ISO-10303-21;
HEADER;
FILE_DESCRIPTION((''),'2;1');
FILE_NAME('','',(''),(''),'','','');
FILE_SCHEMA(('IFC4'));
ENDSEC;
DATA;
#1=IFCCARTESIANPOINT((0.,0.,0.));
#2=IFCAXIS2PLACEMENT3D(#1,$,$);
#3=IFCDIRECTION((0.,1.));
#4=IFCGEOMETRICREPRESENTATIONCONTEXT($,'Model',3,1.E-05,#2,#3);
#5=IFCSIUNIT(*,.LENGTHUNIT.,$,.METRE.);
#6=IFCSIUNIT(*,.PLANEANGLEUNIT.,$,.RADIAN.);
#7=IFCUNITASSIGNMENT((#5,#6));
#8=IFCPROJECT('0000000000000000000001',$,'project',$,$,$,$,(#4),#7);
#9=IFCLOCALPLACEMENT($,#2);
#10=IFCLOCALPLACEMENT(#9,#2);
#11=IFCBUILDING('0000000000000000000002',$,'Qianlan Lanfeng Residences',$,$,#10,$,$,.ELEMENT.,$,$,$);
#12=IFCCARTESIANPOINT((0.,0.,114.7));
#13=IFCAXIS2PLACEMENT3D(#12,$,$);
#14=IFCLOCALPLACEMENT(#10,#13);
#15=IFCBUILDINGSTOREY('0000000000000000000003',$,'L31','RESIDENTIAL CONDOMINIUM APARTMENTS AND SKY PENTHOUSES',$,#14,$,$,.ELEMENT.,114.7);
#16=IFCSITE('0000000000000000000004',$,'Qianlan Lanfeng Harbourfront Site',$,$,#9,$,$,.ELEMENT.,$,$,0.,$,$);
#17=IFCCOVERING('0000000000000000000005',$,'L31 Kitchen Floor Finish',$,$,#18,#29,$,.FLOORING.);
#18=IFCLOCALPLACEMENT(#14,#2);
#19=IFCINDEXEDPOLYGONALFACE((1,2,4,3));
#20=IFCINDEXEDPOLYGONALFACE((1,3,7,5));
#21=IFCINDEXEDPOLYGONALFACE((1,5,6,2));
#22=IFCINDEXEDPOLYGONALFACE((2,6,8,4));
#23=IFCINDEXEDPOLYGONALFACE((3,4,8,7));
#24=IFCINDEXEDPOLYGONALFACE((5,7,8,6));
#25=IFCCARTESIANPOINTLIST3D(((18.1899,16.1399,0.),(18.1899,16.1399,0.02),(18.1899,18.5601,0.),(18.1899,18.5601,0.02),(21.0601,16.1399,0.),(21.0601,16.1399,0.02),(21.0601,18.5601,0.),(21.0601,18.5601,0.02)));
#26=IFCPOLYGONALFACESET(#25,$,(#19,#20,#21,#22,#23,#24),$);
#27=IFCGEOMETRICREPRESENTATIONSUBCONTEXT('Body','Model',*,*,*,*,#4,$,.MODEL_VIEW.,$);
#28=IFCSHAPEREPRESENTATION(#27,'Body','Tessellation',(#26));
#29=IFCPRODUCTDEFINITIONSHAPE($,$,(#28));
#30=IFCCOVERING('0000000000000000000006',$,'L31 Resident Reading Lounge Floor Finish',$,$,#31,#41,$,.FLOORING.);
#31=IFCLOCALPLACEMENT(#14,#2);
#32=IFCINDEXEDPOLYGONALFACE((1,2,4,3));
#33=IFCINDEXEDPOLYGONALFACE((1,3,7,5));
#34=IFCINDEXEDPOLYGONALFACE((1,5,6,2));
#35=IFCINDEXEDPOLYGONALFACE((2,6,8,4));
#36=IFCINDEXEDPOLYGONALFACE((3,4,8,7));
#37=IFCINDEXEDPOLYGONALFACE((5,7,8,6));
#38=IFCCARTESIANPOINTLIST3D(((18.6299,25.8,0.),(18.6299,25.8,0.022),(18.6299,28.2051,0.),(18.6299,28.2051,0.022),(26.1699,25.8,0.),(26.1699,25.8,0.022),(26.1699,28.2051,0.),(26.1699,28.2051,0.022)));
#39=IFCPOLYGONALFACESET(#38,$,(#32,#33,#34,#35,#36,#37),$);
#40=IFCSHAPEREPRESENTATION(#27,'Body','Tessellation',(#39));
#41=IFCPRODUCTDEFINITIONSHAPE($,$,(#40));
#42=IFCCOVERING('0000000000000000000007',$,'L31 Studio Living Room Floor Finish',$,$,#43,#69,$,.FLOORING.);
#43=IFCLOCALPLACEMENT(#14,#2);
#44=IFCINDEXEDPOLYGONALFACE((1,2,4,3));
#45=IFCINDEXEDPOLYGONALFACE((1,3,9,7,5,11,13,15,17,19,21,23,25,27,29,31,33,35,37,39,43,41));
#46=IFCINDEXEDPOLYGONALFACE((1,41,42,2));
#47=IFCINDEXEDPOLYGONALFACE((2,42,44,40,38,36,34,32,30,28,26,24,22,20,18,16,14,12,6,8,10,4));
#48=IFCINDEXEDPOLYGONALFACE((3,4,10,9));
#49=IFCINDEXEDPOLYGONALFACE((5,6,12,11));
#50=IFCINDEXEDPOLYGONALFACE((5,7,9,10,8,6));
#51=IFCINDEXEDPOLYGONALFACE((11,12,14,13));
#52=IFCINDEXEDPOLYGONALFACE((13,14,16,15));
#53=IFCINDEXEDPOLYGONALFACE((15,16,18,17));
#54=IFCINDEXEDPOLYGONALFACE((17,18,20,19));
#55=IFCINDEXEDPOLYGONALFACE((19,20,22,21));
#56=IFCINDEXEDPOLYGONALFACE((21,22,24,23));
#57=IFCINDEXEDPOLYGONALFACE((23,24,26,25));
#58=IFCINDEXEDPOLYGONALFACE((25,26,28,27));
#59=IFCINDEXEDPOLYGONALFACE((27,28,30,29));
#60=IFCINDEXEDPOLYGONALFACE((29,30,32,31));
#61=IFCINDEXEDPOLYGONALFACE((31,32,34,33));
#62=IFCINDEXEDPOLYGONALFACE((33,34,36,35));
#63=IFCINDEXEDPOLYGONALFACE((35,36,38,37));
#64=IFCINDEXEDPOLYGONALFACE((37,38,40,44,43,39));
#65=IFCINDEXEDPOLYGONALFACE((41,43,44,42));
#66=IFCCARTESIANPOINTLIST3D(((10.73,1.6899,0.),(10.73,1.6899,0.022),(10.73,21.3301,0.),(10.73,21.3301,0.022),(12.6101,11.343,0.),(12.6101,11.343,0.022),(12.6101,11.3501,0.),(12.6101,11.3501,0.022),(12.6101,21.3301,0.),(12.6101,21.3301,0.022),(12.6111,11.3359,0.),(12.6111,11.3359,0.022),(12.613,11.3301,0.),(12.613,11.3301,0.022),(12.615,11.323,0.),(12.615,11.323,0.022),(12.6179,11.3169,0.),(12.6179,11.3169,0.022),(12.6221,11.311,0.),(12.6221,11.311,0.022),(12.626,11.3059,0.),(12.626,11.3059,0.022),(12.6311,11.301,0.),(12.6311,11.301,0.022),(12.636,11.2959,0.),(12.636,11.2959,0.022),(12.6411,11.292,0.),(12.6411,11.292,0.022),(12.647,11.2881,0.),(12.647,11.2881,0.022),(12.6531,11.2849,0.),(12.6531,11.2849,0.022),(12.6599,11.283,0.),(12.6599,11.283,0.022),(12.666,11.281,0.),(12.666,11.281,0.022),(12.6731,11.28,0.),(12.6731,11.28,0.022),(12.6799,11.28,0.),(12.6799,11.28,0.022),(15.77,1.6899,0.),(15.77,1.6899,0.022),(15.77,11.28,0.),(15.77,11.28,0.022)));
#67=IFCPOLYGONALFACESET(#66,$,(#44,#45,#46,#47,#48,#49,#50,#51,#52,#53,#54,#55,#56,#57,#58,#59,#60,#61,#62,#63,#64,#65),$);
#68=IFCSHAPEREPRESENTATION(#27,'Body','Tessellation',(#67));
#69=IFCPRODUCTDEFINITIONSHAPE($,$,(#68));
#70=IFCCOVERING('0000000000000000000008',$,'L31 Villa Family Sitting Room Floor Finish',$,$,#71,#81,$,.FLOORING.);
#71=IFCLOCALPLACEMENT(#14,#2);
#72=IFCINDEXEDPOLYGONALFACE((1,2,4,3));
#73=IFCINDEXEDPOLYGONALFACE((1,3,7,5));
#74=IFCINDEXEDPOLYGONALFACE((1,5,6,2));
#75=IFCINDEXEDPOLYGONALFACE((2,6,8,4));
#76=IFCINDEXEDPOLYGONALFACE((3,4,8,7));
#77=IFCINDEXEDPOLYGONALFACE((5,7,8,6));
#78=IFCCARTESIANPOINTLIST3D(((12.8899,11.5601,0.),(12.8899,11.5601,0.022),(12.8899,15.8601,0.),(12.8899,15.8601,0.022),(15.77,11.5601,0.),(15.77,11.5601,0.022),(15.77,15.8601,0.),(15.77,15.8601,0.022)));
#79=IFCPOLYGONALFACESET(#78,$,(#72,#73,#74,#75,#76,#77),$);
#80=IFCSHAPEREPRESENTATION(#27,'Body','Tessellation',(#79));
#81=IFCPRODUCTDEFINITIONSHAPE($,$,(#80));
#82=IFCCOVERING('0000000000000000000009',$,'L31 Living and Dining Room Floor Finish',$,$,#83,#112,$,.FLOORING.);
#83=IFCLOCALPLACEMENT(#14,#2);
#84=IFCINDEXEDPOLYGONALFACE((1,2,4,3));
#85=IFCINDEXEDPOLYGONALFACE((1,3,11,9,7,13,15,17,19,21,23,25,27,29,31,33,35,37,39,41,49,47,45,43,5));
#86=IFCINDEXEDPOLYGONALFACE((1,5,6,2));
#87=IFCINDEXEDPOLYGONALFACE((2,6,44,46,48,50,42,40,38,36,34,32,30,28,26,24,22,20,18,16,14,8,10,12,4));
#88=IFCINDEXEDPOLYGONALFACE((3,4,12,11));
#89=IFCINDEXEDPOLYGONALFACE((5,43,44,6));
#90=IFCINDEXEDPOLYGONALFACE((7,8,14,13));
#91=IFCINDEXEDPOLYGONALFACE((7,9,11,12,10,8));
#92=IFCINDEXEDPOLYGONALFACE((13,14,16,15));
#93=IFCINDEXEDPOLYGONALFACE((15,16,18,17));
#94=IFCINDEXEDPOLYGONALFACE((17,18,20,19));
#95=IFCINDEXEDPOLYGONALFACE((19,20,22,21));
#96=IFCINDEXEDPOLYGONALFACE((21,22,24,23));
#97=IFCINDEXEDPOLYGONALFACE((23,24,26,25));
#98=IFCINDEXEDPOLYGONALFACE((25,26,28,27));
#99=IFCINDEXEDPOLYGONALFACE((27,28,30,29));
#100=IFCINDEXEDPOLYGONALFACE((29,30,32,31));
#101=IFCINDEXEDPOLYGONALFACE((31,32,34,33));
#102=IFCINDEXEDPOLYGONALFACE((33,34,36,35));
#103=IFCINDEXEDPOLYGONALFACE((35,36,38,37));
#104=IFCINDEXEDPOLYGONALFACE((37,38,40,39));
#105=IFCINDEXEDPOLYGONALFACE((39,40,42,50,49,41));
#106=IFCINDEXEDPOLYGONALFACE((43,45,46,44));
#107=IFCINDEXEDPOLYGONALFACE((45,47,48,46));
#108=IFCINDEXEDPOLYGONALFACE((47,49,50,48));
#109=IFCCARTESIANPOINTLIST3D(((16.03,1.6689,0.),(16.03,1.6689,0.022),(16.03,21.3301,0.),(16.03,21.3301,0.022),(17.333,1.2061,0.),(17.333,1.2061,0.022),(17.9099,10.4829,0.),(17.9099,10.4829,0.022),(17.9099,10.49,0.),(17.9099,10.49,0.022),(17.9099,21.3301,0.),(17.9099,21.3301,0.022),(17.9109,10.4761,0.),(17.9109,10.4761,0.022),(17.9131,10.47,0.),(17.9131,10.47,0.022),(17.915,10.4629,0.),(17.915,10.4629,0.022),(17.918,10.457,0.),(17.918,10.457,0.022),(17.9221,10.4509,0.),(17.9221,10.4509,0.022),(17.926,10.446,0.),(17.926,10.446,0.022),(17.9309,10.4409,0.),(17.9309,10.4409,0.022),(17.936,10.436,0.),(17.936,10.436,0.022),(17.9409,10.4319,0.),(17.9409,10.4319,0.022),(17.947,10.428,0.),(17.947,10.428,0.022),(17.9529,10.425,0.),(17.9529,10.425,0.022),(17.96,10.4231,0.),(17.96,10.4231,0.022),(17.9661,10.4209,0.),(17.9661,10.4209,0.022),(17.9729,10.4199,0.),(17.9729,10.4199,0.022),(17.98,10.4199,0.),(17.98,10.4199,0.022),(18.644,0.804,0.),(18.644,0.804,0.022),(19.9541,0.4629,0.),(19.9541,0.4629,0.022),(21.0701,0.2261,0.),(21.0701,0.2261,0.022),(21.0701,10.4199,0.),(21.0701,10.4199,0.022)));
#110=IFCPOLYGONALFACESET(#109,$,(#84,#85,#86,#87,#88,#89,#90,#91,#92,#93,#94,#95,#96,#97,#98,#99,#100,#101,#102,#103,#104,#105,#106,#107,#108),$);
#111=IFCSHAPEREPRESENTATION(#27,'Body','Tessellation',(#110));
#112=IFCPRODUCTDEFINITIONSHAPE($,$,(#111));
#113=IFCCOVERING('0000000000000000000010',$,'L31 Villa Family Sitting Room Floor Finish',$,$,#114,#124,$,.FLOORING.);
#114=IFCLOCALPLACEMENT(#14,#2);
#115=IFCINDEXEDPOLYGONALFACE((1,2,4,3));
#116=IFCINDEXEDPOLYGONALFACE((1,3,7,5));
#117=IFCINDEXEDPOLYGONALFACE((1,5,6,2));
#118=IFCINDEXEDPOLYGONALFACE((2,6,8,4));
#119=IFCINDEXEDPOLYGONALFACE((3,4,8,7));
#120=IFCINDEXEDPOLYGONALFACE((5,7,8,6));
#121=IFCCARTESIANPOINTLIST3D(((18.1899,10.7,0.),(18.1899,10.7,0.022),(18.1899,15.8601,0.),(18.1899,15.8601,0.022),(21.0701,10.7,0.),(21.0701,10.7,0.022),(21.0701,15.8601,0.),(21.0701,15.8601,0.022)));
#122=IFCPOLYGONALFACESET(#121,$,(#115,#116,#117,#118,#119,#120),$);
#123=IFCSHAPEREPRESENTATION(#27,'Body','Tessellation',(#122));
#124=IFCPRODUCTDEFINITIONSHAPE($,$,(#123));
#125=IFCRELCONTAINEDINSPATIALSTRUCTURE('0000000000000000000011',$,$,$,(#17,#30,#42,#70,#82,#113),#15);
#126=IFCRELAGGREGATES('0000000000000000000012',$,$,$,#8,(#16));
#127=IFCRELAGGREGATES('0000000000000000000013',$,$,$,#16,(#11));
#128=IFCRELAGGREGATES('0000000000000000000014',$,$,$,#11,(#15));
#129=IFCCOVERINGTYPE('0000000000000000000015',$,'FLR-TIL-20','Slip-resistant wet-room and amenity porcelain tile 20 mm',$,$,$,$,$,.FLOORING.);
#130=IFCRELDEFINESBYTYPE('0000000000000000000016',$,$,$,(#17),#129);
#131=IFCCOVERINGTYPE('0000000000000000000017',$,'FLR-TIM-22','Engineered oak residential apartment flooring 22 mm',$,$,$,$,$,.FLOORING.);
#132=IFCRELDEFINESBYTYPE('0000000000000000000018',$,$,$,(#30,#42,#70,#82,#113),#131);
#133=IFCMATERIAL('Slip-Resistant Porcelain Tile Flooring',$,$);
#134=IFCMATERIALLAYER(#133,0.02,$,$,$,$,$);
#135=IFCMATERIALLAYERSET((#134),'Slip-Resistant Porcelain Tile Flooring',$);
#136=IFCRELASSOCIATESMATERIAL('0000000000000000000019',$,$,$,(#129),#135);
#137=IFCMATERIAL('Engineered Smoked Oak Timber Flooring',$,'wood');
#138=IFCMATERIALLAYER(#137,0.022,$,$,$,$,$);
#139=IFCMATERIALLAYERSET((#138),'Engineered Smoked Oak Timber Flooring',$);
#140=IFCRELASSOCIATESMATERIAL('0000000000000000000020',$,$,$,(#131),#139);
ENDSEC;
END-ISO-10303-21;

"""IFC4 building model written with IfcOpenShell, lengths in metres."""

from ifc_helpers import new_model, si_unit, direction, frame, origin, place, context, subcontext, project, spatial, polyline, outline, extrude, material, layer, layer_set, type_object, element, save


model = new_model("IFC4")

# Units and contexts
model_context = context("Model", 3, precision=1e-05, world=origin(), true_north=direction((0.0, 1.0)))
body_context = subcontext(model_context, "Body", "Model", "MODEL_VIEW")
ifc_project = project(units=[si_unit("LENGTHUNIT", "METRE"), si_unit("PLANEANGLEUNIT", "RADIAN")], contexts=[model_context])

# Site, building, storey
site_placement = place(None, origin())
site = spatial("IfcSite", under=ifc_project, at=site_placement, Name="Qianlan Lanfeng Harbourfront Site", CompositionType="ELEMENT", RefElevation=0.0)
building_placement = place(site_placement, origin())
building = spatial("IfcBuilding", under=site, at=building_placement, Name="Qianlan Lanfeng Residences", CompositionType="ELEMENT")
storey_placement = place(building_placement, frame((0.0, 0.0, 114.7)))
storey = spatial("IfcBuildingStorey", under=building, at=storey_placement, Name="L31", Description="RESIDENTIAL CONDOMINIUM APARTMENTS AND SKY PENTHOUSES", CompositionType="ELEMENT", Elevation=114.7)

# Coverings
ifc_material_1 = material(Name="Slip-Resistant Porcelain Tile Flooring")
ifc_layer_1 = layer(ifc_material_1, 0.02)
ifc_layer_set_1 = layer_set([ifc_layer_1], Name="Slip-Resistant Porcelain Tile Flooring")
covering_type_1 = type_object("IfcCoveringType", Name="FLR-TIL-20", Description="Slip-resistant wet-room and amenity porcelain tile 20 mm", PredefinedType="FLOORING", material=ifc_layer_set_1)
covering_1_placement = place(storey_placement, origin())
element("IfcCovering", 1, at=covering_1_placement, inside=storey, type_object=covering_type_1, Name="L31 Kitchen Floor Finish", PredefinedType="FLOORING", context=body_context, shape_type="SweptSolid", body=[
    extrude(outline(polyline([(18.1899, 16.1399), (21.0601, 16.1399), (21.0601, 18.5601), (18.1899, 18.5601), (18.1899, 16.1399)])), origin(), (0.0, 0.0, 1.0), 0.02),
])
ifc_material_2 = material(Name="Engineered Smoked Oak Timber Flooring", Category="wood")
ifc_layer_2 = layer(ifc_material_2, 0.022)
ifc_layer_set_2 = layer_set([ifc_layer_2], Name="Engineered Smoked Oak Timber Flooring")
covering_type_2 = type_object("IfcCoveringType", Name="FLR-TIM-22", Description="Engineered oak residential apartment flooring 22 mm", PredefinedType="FLOORING", material=ifc_layer_set_2)
covering_2_placement = place(storey_placement, origin())
element("IfcCovering", 2, at=covering_2_placement, inside=storey, type_object=covering_type_2, Name="L31 Resident Reading Lounge Floor Finish", PredefinedType="FLOORING", context=body_context, shape_type="SweptSolid", body=[
    extrude(outline(polyline([(18.6299, 25.8), (26.1699, 25.8), (26.1699, 28.2051), (18.6299, 28.2051), (18.6299, 25.8)])), origin(), (0.0, 0.0, 1.0), 0.022),
])
covering_3_placement = place(storey_placement, origin())
element("IfcCovering", 3, at=covering_3_placement, inside=storey, type_object=covering_type_2, Name="L31 Studio Living Room Floor Finish", PredefinedType="FLOORING", context=body_context, shape_type="SweptSolid", body=[
    extrude(outline(polyline([(15.77, 1.6899), (15.77, 11.28), (12.6799, 11.28), (12.6731, 11.28), (12.666, 11.281), (12.6599, 11.283), (12.6531, 11.2849), (12.647, 11.2881), (12.6411, 11.292), (12.636, 11.2959), (12.6311, 11.301), (12.626, 11.3059), (12.6221, 11.311), (12.6179, 11.3169), (12.615, 11.323), (12.613, 11.3301), (12.6111, 11.3359), (12.6101, 11.343), (12.6101, 11.3501), (12.6101, 21.3301), (10.73, 21.3301), (10.73, 1.6899), (15.77, 1.6899)])), origin(), (0.0, 0.0, 1.0), 0.022),
])
covering_4_placement = place(storey_placement, origin())
element("IfcCovering", 4, at=covering_4_placement, inside=storey, type_object=covering_type_2, Name="L31 Villa Family Sitting Room Floor Finish", PredefinedType="FLOORING", context=body_context, shape_type="SweptSolid", body=[
    extrude(outline(polyline([(12.8899, 15.8601), (12.8899, 11.5601), (15.77, 11.5601), (15.77, 15.8601), (12.8899, 15.8601)])), origin(), (0.0, 0.0, 1.0), 0.022),
])
covering_5_placement = place(storey_placement, origin())
element("IfcCovering", 5, at=covering_5_placement, inside=storey, type_object=covering_type_2, Name="L31 Living and Dining Room Floor Finish", PredefinedType="FLOORING", context=body_context, shape_type="SweptSolid", body=[
    extrude(outline(polyline([(21.0701, 0.2261), (21.0701, 10.4199), (17.98, 10.4199), (17.9729, 10.4199), (17.9661, 10.4209), (17.96, 10.4231), (17.9529, 10.425), (17.947, 10.428), (17.9409, 10.4319), (17.936, 10.436), (17.9309, 10.4409), (17.926, 10.446), (17.9221, 10.4509), (17.918, 10.457), (17.915, 10.4629), (17.9131, 10.47), (17.9109, 10.4761), (17.9099, 10.4829), (17.9099, 10.49), (17.9099, 21.3301), (16.03, 21.3301), (16.03, 1.6689), (17.333, 1.2061), (18.644, 0.804), (19.9541, 0.4629), (21.0701, 0.2261)])), origin(), (0.0, 0.0, 1.0), 0.022),
])
covering_6_placement = place(storey_placement, origin())
element("IfcCovering", 6, at=covering_6_placement, inside=storey, type_object=covering_type_2, Name="L31 Villa Family Sitting Room Floor Finish", PredefinedType="FLOORING", context=body_context, shape_type="SweptSolid", body=[
    extrude(outline(polyline([(18.1899, 15.8601), (18.1899, 10.7), (21.0701, 10.7), (21.0701, 15.8601), (18.1899, 15.8601)])), origin(), (0.0, 0.0, 1.0), 0.022),
])

save(model, "model.ifc")
